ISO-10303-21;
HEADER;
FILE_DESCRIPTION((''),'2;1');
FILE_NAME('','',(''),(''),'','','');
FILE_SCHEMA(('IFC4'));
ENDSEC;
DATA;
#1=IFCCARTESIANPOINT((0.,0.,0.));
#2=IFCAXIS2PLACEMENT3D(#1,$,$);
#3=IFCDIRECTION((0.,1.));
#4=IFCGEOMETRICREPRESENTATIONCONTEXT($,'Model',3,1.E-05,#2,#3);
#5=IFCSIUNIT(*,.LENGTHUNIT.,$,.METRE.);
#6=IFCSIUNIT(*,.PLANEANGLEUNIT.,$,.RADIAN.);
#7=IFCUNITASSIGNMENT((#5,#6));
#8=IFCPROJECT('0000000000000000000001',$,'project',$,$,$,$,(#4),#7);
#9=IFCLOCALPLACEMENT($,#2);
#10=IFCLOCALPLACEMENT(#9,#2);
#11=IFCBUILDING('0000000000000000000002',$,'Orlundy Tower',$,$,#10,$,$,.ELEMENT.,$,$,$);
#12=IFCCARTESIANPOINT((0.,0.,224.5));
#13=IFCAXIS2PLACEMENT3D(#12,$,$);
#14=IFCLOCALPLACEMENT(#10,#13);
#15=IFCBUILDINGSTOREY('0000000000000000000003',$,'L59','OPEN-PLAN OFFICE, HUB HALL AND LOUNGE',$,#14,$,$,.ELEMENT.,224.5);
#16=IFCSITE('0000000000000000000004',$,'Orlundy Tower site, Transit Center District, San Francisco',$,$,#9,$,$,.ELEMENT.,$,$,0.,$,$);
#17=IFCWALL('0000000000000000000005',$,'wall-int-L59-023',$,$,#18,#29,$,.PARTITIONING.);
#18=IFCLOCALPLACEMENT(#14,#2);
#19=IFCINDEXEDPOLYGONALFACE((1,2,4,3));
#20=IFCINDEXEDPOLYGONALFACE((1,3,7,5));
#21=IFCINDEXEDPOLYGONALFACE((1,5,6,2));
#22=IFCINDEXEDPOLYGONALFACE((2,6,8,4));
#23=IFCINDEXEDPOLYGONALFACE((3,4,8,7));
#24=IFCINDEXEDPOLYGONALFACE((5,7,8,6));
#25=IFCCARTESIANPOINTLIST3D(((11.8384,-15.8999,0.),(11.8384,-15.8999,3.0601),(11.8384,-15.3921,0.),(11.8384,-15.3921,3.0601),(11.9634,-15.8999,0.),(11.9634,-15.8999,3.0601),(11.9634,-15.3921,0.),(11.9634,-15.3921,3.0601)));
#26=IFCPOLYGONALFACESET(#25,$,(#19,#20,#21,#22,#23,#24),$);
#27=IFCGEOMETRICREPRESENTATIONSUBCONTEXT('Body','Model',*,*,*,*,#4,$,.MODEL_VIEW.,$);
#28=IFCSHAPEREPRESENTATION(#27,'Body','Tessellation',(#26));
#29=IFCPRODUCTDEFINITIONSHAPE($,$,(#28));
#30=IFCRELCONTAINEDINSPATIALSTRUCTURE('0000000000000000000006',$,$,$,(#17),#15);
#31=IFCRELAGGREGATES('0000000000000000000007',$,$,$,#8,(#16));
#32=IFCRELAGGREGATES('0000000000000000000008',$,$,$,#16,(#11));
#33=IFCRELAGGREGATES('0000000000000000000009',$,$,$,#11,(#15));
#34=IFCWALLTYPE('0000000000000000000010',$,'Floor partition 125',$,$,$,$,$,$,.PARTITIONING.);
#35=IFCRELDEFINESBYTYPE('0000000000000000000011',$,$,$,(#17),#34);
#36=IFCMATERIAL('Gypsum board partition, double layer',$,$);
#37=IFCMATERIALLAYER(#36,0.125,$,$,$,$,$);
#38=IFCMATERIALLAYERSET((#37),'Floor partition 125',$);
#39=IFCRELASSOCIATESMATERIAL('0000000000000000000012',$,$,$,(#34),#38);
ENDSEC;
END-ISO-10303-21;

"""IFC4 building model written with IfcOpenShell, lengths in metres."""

from ifc_helpers import new_model, si_unit, direction, frame, frame_2d, origin, place, context, subcontext, project, spatial, rectangle, extrude, material, layer, layer_set, type_object, element, save


model = new_model("IFC4")

# Units and contexts
model_context = context("Model", 3, precision=1e-05, world=origin(), true_north=direction((0.0, 1.0)))
body_context = subcontext(model_context, "Body", "Model", "MODEL_VIEW")
ifc_project = project(units=[si_unit("LENGTHUNIT", "METRE"), si_unit("PLANEANGLEUNIT", "RADIAN")], contexts=[model_context])

# Site, building, storey
site_placement = place(None, origin())
site = spatial("IfcSite", under=ifc_project, at=site_placement, Name="Orlundy Tower site, Transit Center District, San Francisco", CompositionType="ELEMENT", RefElevation=0.0)
building_placement = place(site_placement, origin())
building = spatial("IfcBuilding", under=site, at=building_placement, Name="Orlundy Tower", CompositionType="ELEMENT")
storey_placement = place(building_placement, frame((0.0, 0.0, 224.5)))
storey = spatial("IfcBuildingStorey", under=building, at=storey_placement, Name="L59", Description="OPEN-PLAN OFFICE, HUB HALL AND LOUNGE", CompositionType="ELEMENT", Elevation=224.5)

# Shared definitions
ifc_material_1 = material(Name="Gypsum board partition, double layer")
ifc_layer_1 = layer(ifc_material_1, 0.125)
ifc_layer_set_1 = layer_set([ifc_layer_1], Name="Floor partition 125")
wall_type_1 = type_object("IfcWallType", Name="Floor partition 125", PredefinedType="PARTITIONING", material=ifc_layer_set_1)

# Wall
wall_1_placement = place(storey_placement, frame((11.9009, -15.8999, 0.0), z_axis=(0.0, 0.0, 1.0), x_axis=(0.0, 1.0, 0.0)))
element("IfcWall", 1, at=wall_1_placement, inside=storey, type_object=wall_type_1, Name="wall-int-L59-023", PredefinedType="PARTITIONING", context=body_context, shape_type="SweptSolid", body=[
    extrude(rectangle(XDim=0.5078, YDim=0.125, at=frame_2d((0.2539, 0.0))), origin(), (0.0, 0.0, 1.0), 3.0601),
])

save(model, "model.ifc")
